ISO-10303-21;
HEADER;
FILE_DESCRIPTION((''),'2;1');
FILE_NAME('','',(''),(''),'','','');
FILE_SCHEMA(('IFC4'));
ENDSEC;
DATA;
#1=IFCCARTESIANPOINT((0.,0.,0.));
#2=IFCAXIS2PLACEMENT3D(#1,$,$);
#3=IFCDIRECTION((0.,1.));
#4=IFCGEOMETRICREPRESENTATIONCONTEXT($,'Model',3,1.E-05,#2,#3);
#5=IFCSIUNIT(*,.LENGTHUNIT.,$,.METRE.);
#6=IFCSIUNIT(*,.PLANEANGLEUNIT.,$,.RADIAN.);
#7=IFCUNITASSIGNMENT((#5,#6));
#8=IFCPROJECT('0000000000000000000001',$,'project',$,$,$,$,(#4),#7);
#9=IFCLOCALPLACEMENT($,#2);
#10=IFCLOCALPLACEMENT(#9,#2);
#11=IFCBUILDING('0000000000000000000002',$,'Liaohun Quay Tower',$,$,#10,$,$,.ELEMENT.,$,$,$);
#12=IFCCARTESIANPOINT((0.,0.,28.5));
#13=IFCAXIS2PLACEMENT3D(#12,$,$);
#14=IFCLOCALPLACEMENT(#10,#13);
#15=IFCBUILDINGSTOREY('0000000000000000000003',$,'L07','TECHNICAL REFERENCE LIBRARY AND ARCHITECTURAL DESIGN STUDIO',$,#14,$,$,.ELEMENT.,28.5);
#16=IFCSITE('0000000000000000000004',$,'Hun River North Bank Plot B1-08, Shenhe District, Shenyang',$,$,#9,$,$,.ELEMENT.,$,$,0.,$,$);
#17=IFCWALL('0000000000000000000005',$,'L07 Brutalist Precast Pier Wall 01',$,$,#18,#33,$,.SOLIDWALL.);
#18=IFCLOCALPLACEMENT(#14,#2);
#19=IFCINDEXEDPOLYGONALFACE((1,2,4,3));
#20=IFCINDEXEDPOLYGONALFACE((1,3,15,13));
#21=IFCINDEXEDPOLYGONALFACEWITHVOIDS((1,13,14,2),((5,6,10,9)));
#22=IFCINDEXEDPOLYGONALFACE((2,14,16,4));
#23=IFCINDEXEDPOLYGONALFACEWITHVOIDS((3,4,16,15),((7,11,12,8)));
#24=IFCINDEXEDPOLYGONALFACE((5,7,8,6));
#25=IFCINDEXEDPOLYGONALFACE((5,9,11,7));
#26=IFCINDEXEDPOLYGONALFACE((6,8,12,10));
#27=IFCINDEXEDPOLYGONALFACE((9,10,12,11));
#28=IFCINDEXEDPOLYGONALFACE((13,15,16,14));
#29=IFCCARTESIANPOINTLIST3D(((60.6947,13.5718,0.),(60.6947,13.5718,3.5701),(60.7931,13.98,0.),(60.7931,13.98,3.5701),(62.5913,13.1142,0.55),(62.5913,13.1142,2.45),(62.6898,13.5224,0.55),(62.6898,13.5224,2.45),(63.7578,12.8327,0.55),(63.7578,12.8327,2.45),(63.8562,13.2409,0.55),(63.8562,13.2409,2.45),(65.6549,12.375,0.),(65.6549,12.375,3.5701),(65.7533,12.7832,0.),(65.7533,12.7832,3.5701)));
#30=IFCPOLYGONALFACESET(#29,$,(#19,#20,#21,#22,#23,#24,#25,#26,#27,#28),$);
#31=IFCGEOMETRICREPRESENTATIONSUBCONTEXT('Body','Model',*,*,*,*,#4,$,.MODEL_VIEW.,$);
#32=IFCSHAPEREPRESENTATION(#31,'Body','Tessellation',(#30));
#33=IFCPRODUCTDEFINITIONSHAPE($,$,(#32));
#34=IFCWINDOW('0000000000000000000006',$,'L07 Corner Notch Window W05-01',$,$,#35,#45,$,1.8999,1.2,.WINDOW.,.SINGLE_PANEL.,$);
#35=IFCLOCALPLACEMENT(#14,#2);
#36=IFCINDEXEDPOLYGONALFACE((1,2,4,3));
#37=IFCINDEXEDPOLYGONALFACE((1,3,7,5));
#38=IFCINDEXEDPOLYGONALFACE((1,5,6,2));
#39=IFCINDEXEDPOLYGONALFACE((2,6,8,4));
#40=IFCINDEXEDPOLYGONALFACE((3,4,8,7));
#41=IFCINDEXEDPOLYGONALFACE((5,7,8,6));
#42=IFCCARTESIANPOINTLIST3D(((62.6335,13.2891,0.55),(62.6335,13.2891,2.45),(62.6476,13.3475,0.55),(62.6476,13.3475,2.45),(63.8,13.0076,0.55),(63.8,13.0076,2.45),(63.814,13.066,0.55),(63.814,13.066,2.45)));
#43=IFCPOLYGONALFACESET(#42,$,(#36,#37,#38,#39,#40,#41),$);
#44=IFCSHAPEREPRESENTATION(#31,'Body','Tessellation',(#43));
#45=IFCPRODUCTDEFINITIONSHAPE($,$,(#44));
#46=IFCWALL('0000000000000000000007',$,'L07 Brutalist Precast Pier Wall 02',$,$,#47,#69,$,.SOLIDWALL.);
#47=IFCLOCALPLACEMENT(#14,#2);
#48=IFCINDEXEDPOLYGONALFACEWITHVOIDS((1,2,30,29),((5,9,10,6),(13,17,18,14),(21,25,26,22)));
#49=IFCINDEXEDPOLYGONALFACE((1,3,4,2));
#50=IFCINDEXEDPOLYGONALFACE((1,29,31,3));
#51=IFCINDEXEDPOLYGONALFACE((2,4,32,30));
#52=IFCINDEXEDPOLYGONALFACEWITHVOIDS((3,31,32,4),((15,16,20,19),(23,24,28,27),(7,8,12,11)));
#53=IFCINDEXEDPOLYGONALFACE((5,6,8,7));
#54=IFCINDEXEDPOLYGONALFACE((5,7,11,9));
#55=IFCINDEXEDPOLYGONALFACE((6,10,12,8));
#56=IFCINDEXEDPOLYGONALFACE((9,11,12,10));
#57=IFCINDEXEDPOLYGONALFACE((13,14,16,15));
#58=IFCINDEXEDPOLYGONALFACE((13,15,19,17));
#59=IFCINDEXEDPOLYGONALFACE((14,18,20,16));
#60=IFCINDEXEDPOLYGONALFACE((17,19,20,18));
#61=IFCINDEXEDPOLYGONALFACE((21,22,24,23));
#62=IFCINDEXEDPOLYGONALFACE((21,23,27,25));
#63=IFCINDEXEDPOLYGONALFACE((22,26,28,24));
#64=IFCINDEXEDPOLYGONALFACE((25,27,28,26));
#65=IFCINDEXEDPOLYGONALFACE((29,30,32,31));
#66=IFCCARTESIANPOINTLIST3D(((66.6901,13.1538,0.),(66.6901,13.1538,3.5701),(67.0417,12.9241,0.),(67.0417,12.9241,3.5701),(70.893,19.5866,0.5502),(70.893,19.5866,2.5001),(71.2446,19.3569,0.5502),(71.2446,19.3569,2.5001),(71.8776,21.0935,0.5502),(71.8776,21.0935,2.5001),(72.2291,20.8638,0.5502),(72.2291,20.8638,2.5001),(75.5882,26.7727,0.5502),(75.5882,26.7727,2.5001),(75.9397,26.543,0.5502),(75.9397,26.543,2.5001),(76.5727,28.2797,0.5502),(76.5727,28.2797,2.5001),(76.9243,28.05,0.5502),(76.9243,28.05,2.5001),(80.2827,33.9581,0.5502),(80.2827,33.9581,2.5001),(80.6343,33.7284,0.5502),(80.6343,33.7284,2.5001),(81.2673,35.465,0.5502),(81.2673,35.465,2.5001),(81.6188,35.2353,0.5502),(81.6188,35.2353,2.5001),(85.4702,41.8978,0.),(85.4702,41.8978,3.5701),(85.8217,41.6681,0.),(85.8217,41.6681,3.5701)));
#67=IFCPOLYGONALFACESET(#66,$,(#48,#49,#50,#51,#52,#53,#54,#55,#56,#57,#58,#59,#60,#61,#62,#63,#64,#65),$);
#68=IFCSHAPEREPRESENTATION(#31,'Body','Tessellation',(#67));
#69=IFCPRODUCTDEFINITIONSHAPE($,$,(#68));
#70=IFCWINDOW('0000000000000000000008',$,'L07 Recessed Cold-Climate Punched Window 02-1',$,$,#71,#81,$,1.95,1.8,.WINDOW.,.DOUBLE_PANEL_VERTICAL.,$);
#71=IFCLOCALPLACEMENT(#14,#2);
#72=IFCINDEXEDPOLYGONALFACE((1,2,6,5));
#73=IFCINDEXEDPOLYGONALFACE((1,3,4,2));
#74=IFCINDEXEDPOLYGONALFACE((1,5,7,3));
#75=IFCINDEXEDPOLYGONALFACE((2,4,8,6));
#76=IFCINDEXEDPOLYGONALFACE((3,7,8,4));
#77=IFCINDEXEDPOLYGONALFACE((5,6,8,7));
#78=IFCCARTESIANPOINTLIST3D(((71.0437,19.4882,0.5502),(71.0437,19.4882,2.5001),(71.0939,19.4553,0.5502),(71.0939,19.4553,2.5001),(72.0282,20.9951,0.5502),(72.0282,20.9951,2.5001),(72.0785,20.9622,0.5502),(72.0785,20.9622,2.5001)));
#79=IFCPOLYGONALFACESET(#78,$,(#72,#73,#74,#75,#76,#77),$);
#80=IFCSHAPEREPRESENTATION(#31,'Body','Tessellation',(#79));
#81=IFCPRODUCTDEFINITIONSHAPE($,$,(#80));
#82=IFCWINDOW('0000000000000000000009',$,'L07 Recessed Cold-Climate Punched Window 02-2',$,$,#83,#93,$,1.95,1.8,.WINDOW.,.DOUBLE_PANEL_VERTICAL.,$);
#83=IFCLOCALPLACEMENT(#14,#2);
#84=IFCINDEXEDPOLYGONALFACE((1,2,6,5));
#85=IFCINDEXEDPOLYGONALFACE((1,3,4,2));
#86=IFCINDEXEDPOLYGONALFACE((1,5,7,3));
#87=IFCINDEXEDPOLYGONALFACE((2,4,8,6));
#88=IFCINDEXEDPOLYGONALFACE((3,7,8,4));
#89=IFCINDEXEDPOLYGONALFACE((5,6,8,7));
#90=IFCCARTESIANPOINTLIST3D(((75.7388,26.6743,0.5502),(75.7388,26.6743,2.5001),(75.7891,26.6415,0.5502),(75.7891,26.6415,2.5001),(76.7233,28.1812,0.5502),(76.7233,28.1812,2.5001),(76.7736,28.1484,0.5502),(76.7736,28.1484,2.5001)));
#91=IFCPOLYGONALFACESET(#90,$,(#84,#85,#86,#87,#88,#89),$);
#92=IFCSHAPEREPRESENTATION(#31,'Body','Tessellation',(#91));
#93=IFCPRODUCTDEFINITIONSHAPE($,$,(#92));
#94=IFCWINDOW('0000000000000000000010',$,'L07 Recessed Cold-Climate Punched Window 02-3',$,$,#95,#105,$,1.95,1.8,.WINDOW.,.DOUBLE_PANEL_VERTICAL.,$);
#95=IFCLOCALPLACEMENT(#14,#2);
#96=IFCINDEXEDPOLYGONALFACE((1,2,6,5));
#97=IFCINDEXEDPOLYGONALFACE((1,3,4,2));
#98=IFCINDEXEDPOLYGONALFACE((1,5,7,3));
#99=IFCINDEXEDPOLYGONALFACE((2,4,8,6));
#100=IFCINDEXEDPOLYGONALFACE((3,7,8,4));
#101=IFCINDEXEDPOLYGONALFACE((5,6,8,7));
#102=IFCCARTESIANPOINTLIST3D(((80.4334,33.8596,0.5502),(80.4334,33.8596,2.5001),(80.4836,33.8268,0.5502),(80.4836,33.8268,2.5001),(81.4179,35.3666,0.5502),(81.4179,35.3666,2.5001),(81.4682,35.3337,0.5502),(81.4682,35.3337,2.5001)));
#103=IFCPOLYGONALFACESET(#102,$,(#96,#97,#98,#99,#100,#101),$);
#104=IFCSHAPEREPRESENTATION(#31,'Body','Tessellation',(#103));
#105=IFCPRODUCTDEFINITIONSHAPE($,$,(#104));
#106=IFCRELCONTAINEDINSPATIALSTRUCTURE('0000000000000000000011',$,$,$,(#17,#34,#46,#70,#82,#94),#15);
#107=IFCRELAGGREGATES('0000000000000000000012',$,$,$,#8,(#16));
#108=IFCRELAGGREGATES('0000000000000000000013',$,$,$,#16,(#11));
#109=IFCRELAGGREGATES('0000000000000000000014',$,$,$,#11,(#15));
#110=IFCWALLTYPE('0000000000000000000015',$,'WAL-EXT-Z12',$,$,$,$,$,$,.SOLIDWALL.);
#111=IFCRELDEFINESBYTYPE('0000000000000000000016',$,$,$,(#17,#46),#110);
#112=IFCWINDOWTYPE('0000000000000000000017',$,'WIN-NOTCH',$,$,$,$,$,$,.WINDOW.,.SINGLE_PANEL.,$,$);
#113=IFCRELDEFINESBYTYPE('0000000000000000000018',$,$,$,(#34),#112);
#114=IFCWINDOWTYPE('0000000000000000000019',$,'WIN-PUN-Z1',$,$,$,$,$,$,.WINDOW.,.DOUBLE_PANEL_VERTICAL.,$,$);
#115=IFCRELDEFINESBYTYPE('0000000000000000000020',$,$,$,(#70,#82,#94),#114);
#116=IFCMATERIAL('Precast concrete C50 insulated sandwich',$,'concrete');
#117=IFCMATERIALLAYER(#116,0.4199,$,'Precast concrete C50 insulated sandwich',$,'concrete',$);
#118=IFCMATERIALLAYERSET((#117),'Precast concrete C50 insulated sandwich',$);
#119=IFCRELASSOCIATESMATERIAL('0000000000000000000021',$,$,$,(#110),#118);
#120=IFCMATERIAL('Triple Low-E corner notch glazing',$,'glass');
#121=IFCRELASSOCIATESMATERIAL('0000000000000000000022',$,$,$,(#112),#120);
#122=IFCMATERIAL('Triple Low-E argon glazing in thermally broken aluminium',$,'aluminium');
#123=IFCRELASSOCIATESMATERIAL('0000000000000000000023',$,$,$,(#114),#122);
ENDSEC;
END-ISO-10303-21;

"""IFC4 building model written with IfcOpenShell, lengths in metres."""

from ifc_helpers import new_model, si_unit, direction, frame, frame_2d, origin, place, context, subcontext, project, spatial, rectangle, extrude, source, transform, mapped, material, layer, layer_set, type_object, element, fill, save


model = new_model("IFC4")

# Units and contexts
model_context = context("Model", 3, precision=1e-05, world=origin(), true_north=direction((0.0, 1.0)))
body_context = subcontext(model_context, "Body", "Model", "MODEL_VIEW")
ifc_project = project(units=[si_unit("LENGTHUNIT", "METRE"), si_unit("PLANEANGLEUNIT", "RADIAN")], contexts=[model_context])

# Site, building, storey
site_placement = place(None, origin())
site = spatial("IfcSite", under=ifc_project, at=site_placement, Name="Hun River North Bank Plot B1-08, Shenhe District, Shenyang", CompositionType="ELEMENT", RefElevation=0.0)
building_placement = place(site_placement, origin())
building = spatial("IfcBuilding", under=site, at=building_placement, Name="Liaohun Quay Tower", CompositionType="ELEMENT")
storey_placement = place(building_placement, frame((0.0, 0.0, 28.5)))
storey = spatial("IfcBuildingStorey", under=building, at=storey_placement, Name="L07", Description="TECHNICAL REFERENCE LIBRARY AND ARCHITECTURAL DESIGN STUDIO", CompositionType="ELEMENT", Elevation=28.5)

# Wall, opening, window
ifc_material_1 = material(Name="Precast concrete C50 insulated sandwich", Category="concrete")
ifc_layer_1 = layer(ifc_material_1, 0.4199, Name="Precast concrete C50 insulated sandwich", Category="concrete")
ifc_layer_set_1 = layer_set([ifc_layer_1], Name="Precast concrete C50 insulated sandwich")
wall_type_1 = type_object("IfcWallType", Name="WAL-EXT-Z12", PredefinedType="SOLIDWALL", material=ifc_layer_set_1)
wall_1_placement = place(storey_placement, frame((60.7439, 13.7759, 0.0), z_axis=(0.0, 0.0, 1.0), x_axis=(0.972105, -0.234545, 0.0)))
wall_1 = element("IfcWall", 1, at=wall_1_placement, inside=storey, type_object=wall_type_1, Name="L07 Brutalist Precast Pier Wall 01", PredefinedType="SOLIDWALL", context=body_context, shape_type="SweptSolid", body=[
    extrude(rectangle(XDim=5.1025, YDim=0.4199, at=frame_2d((2.5513, 0.0))), origin(), (0.0, 0.0, 1.0), 3.5701),
])
shared_shape_1 = source(origin(), body_context, "Body", "SweptSolid", [
    extrude(rectangle(XDim=1.2, YDim=1.8999, at=frame_2d((0.6001, 0.95))), frame((0.0, 0.22, 0.0), z_axis=(0.0, -1.0, 0.0), x_axis=(1.0, 0.0, 0.0)), (0.0, 0.0, 1.0), 0.4399),
])
opening_1_placement = place(wall_1_placement, frame((1.9509, 0.0, 0.55)))
opening_1 = element("IfcOpeningElement", 2, at=opening_1_placement, cuts=wall_1, PredefinedType="OPENING", context=body_context, shape_type="MappedRepresentation", body=[
    mapped(shared_shape_1, transform((0.0, 0.0, 0.0), x_axis=(1.0, 0.0, 0.0), y_axis=(0.0, 1.0, 0.0), z_axis=(0.0, 0.0, 1.0), scale=1.0)),
])
ifc_material_2 = material(Name="Triple Low-E corner notch glazing", Category="glass")
window_type_1 = type_object("IfcWindowType", Name="WIN-NOTCH", PartitioningType="SINGLE_PANEL", PredefinedType="WINDOW", material=ifc_material_2)
shared_shape_2 = source(origin(), body_context, "Body", "SweptSolid", [
    extrude(rectangle(XDim=1.2, YDim=1.8999, at=frame_2d((0.6001, 0.95))), frame((0.0, 0.03, 0.0), z_axis=(0.0, -1.0, 0.0), x_axis=(1.0, 0.0, 0.0)), (0.0, 0.0, 1.0), 0.0601),
])
window_1_placement = place(opening_1_placement, origin())
window_1 = element("IfcWindow", 3, at=window_1_placement, inside=storey, type_object=window_type_1, Name="L07 Corner Notch Window W05-01", OverallHeight=1.8999, OverallWidth=1.2, PartitioningType="SINGLE_PANEL", PredefinedType="WINDOW", context=body_context, shape_type="MappedRepresentation", body=[
    mapped(shared_shape_2, transform((0.0, 0.0, 0.0), x_axis=(1.0, 0.0, 0.0), y_axis=(0.0, 1.0, 0.0), z_axis=(0.0, 0.0, 1.0), scale=1.0)),
])
fill(opening_1, window_1)

# Wall, openings, windows
wall_2_placement = place(storey_placement, frame((66.866, 13.0391, 0.0), z_axis=(0.0, 0.0, 1.0), x_axis=(0.546963, 0.837157, 0.0)))
wall_2 = element("IfcWall", 4, at=wall_2_placement, inside=storey, type_object=wall_type_1, Name="L07 Brutalist Precast Pier Wall 02", PredefinedType="SOLIDWALL", context=body_context, shape_type="SweptSolid", body=[
    extrude(rectangle(XDim=34.3352, YDim=0.4199, at=frame_2d((17.1675, 0.0))), origin(), (0.0, 0.0, 1.0), 3.5701),
])
shared_shape_3 = source(origin(), body_context, "Body", "SweptSolid", [
    extrude(rectangle(XDim=1.8, YDim=1.95, at=frame_2d((0.8999, 0.9751))), frame((0.0, 0.22, 0.0), z_axis=(0.0, -1.0, 0.0), x_axis=(1.0, 0.0, 0.0)), (0.0, 0.0, 1.0), 0.4399),
])
opening_2_placement = place(wall_2_placement, frame((7.6841, 0.0, 0.55)))
opening_2 = element("IfcOpeningElement", 5, at=opening_2_placement, cuts=wall_2, PredefinedType="OPENING", context=body_context, shape_type="MappedRepresentation", body=[
    mapped(shared_shape_3, transform((0.0, 0.0, 0.0), x_axis=(1.0, 0.0, 0.0), y_axis=(0.0, 1.0, 0.0), z_axis=(0.0, 0.0, 1.0), scale=1.0)),
])
opening_3_placement = place(wall_2_placement, frame((16.2681, 0.0, 0.55)))
opening_3 = element("IfcOpeningElement", 6, at=opening_3_placement, cuts=wall_2, PredefinedType="OPENING", context=body_context, shape_type="MappedRepresentation", body=[
    mapped(shared_shape_3, transform((0.0, 0.0, 0.0), x_axis=(1.0, 0.0, 0.0), y_axis=(0.0, 1.0, 0.0), z_axis=(0.0, 0.0, 1.0), scale=1.0)),
])
opening_4_placement = place(wall_2_placement, frame((24.8511, 0.0, 0.55)))
opening_4 = element("IfcOpeningElement", 7, at=opening_4_placement, cuts=wall_2, PredefinedType="OPENING", context=body_context, shape_type="MappedRepresentation", body=[
    mapped(shared_shape_3, transform((0.0, 0.0, 0.0), x_axis=(1.0, 0.0, 0.0), y_axis=(0.0, 1.0, 0.0), z_axis=(0.0, 0.0, 1.0), scale=1.0)),
])
ifc_material_3 = material(Name="Triple Low-E argon glazing in thermally broken aluminium", Category="aluminium")
window_type_2 = type_object("IfcWindowType", Name="WIN-PUN-Z1", PartitioningType="DOUBLE_PANEL_VERTICAL", PredefinedType="WINDOW", material=ifc_material_3)
shared_shape_4 = source(origin(), body_context, "Body", "SweptSolid", [
    extrude(rectangle(XDim=1.8, YDim=1.95, at=frame_2d((0.8999, 0.9751))), frame((0.0, 0.03, 0.0), z_axis=(0.0, -1.0, 0.0), x_axis=(1.0, 0.0, 0.0)), (0.0, 0.0, 1.0), 0.0601),
])
window_2_placement = place(opening_2_placement, origin())
window_2 = element("IfcWindow", 8, at=window_2_placement, inside=storey, type_object=window_type_2, Name="L07 Recessed Cold-Climate Punched Window 02-1", OverallHeight=1.95, OverallWidth=1.8, PartitioningType="DOUBLE_PANEL_VERTICAL", PredefinedType="WINDOW", context=body_context, shape_type="MappedRepresentation", body=[
    mapped(shared_shape_4, transform((0.0, 0.0, 0.0), x_axis=(1.0, 0.0, 0.0), y_axis=(0.0, 1.0, 0.0), z_axis=(0.0, 0.0, 1.0), scale=1.0)),
])
fill(opening_2, window_2)
window_3_placement = place(opening_3_placement, origin())
window_3 = element("IfcWindow", 9, at=window_3_placement, inside=storey, type_object=window_type_2, Name="L07 Recessed Cold-Climate Punched Window 02-2", OverallHeight=1.95, OverallWidth=1.8, PartitioningType="DOUBLE_PANEL_VERTICAL", PredefinedType="WINDOW", context=body_context, shape_type="MappedRepresentation", body=[
    mapped(shared_shape_4, transform((0.0, 0.0, 0.0), x_axis=(1.0, 0.0, 0.0), y_axis=(0.0, 1.0, 0.0), z_axis=(0.0, 0.0, 1.0), scale=1.0)),
])
fill(opening_3, window_3)
window_4_placement = place(opening_4_placement, origin())
window_4 = element("IfcWindow", 10, at=window_4_placement, inside=storey, type_object=window_type_2, Name="L07 Recessed Cold-Climate Punched Window 02-3", OverallHeight=1.95, OverallWidth=1.8, PartitioningType="DOUBLE_PANEL_VERTICAL", PredefinedType="WINDOW", context=body_context, shape_type="MappedRepresentation", body=[
    mapped(shared_shape_4, transform((0.0, 0.0, 0.0), x_axis=(1.0, 0.0, 0.0), y_axis=(0.0, 1.0, 0.0), z_axis=(0.0, 0.0, 1.0), scale=1.0)),
])
fill(opening_4, window_4)

save(model, "model.ifc")
